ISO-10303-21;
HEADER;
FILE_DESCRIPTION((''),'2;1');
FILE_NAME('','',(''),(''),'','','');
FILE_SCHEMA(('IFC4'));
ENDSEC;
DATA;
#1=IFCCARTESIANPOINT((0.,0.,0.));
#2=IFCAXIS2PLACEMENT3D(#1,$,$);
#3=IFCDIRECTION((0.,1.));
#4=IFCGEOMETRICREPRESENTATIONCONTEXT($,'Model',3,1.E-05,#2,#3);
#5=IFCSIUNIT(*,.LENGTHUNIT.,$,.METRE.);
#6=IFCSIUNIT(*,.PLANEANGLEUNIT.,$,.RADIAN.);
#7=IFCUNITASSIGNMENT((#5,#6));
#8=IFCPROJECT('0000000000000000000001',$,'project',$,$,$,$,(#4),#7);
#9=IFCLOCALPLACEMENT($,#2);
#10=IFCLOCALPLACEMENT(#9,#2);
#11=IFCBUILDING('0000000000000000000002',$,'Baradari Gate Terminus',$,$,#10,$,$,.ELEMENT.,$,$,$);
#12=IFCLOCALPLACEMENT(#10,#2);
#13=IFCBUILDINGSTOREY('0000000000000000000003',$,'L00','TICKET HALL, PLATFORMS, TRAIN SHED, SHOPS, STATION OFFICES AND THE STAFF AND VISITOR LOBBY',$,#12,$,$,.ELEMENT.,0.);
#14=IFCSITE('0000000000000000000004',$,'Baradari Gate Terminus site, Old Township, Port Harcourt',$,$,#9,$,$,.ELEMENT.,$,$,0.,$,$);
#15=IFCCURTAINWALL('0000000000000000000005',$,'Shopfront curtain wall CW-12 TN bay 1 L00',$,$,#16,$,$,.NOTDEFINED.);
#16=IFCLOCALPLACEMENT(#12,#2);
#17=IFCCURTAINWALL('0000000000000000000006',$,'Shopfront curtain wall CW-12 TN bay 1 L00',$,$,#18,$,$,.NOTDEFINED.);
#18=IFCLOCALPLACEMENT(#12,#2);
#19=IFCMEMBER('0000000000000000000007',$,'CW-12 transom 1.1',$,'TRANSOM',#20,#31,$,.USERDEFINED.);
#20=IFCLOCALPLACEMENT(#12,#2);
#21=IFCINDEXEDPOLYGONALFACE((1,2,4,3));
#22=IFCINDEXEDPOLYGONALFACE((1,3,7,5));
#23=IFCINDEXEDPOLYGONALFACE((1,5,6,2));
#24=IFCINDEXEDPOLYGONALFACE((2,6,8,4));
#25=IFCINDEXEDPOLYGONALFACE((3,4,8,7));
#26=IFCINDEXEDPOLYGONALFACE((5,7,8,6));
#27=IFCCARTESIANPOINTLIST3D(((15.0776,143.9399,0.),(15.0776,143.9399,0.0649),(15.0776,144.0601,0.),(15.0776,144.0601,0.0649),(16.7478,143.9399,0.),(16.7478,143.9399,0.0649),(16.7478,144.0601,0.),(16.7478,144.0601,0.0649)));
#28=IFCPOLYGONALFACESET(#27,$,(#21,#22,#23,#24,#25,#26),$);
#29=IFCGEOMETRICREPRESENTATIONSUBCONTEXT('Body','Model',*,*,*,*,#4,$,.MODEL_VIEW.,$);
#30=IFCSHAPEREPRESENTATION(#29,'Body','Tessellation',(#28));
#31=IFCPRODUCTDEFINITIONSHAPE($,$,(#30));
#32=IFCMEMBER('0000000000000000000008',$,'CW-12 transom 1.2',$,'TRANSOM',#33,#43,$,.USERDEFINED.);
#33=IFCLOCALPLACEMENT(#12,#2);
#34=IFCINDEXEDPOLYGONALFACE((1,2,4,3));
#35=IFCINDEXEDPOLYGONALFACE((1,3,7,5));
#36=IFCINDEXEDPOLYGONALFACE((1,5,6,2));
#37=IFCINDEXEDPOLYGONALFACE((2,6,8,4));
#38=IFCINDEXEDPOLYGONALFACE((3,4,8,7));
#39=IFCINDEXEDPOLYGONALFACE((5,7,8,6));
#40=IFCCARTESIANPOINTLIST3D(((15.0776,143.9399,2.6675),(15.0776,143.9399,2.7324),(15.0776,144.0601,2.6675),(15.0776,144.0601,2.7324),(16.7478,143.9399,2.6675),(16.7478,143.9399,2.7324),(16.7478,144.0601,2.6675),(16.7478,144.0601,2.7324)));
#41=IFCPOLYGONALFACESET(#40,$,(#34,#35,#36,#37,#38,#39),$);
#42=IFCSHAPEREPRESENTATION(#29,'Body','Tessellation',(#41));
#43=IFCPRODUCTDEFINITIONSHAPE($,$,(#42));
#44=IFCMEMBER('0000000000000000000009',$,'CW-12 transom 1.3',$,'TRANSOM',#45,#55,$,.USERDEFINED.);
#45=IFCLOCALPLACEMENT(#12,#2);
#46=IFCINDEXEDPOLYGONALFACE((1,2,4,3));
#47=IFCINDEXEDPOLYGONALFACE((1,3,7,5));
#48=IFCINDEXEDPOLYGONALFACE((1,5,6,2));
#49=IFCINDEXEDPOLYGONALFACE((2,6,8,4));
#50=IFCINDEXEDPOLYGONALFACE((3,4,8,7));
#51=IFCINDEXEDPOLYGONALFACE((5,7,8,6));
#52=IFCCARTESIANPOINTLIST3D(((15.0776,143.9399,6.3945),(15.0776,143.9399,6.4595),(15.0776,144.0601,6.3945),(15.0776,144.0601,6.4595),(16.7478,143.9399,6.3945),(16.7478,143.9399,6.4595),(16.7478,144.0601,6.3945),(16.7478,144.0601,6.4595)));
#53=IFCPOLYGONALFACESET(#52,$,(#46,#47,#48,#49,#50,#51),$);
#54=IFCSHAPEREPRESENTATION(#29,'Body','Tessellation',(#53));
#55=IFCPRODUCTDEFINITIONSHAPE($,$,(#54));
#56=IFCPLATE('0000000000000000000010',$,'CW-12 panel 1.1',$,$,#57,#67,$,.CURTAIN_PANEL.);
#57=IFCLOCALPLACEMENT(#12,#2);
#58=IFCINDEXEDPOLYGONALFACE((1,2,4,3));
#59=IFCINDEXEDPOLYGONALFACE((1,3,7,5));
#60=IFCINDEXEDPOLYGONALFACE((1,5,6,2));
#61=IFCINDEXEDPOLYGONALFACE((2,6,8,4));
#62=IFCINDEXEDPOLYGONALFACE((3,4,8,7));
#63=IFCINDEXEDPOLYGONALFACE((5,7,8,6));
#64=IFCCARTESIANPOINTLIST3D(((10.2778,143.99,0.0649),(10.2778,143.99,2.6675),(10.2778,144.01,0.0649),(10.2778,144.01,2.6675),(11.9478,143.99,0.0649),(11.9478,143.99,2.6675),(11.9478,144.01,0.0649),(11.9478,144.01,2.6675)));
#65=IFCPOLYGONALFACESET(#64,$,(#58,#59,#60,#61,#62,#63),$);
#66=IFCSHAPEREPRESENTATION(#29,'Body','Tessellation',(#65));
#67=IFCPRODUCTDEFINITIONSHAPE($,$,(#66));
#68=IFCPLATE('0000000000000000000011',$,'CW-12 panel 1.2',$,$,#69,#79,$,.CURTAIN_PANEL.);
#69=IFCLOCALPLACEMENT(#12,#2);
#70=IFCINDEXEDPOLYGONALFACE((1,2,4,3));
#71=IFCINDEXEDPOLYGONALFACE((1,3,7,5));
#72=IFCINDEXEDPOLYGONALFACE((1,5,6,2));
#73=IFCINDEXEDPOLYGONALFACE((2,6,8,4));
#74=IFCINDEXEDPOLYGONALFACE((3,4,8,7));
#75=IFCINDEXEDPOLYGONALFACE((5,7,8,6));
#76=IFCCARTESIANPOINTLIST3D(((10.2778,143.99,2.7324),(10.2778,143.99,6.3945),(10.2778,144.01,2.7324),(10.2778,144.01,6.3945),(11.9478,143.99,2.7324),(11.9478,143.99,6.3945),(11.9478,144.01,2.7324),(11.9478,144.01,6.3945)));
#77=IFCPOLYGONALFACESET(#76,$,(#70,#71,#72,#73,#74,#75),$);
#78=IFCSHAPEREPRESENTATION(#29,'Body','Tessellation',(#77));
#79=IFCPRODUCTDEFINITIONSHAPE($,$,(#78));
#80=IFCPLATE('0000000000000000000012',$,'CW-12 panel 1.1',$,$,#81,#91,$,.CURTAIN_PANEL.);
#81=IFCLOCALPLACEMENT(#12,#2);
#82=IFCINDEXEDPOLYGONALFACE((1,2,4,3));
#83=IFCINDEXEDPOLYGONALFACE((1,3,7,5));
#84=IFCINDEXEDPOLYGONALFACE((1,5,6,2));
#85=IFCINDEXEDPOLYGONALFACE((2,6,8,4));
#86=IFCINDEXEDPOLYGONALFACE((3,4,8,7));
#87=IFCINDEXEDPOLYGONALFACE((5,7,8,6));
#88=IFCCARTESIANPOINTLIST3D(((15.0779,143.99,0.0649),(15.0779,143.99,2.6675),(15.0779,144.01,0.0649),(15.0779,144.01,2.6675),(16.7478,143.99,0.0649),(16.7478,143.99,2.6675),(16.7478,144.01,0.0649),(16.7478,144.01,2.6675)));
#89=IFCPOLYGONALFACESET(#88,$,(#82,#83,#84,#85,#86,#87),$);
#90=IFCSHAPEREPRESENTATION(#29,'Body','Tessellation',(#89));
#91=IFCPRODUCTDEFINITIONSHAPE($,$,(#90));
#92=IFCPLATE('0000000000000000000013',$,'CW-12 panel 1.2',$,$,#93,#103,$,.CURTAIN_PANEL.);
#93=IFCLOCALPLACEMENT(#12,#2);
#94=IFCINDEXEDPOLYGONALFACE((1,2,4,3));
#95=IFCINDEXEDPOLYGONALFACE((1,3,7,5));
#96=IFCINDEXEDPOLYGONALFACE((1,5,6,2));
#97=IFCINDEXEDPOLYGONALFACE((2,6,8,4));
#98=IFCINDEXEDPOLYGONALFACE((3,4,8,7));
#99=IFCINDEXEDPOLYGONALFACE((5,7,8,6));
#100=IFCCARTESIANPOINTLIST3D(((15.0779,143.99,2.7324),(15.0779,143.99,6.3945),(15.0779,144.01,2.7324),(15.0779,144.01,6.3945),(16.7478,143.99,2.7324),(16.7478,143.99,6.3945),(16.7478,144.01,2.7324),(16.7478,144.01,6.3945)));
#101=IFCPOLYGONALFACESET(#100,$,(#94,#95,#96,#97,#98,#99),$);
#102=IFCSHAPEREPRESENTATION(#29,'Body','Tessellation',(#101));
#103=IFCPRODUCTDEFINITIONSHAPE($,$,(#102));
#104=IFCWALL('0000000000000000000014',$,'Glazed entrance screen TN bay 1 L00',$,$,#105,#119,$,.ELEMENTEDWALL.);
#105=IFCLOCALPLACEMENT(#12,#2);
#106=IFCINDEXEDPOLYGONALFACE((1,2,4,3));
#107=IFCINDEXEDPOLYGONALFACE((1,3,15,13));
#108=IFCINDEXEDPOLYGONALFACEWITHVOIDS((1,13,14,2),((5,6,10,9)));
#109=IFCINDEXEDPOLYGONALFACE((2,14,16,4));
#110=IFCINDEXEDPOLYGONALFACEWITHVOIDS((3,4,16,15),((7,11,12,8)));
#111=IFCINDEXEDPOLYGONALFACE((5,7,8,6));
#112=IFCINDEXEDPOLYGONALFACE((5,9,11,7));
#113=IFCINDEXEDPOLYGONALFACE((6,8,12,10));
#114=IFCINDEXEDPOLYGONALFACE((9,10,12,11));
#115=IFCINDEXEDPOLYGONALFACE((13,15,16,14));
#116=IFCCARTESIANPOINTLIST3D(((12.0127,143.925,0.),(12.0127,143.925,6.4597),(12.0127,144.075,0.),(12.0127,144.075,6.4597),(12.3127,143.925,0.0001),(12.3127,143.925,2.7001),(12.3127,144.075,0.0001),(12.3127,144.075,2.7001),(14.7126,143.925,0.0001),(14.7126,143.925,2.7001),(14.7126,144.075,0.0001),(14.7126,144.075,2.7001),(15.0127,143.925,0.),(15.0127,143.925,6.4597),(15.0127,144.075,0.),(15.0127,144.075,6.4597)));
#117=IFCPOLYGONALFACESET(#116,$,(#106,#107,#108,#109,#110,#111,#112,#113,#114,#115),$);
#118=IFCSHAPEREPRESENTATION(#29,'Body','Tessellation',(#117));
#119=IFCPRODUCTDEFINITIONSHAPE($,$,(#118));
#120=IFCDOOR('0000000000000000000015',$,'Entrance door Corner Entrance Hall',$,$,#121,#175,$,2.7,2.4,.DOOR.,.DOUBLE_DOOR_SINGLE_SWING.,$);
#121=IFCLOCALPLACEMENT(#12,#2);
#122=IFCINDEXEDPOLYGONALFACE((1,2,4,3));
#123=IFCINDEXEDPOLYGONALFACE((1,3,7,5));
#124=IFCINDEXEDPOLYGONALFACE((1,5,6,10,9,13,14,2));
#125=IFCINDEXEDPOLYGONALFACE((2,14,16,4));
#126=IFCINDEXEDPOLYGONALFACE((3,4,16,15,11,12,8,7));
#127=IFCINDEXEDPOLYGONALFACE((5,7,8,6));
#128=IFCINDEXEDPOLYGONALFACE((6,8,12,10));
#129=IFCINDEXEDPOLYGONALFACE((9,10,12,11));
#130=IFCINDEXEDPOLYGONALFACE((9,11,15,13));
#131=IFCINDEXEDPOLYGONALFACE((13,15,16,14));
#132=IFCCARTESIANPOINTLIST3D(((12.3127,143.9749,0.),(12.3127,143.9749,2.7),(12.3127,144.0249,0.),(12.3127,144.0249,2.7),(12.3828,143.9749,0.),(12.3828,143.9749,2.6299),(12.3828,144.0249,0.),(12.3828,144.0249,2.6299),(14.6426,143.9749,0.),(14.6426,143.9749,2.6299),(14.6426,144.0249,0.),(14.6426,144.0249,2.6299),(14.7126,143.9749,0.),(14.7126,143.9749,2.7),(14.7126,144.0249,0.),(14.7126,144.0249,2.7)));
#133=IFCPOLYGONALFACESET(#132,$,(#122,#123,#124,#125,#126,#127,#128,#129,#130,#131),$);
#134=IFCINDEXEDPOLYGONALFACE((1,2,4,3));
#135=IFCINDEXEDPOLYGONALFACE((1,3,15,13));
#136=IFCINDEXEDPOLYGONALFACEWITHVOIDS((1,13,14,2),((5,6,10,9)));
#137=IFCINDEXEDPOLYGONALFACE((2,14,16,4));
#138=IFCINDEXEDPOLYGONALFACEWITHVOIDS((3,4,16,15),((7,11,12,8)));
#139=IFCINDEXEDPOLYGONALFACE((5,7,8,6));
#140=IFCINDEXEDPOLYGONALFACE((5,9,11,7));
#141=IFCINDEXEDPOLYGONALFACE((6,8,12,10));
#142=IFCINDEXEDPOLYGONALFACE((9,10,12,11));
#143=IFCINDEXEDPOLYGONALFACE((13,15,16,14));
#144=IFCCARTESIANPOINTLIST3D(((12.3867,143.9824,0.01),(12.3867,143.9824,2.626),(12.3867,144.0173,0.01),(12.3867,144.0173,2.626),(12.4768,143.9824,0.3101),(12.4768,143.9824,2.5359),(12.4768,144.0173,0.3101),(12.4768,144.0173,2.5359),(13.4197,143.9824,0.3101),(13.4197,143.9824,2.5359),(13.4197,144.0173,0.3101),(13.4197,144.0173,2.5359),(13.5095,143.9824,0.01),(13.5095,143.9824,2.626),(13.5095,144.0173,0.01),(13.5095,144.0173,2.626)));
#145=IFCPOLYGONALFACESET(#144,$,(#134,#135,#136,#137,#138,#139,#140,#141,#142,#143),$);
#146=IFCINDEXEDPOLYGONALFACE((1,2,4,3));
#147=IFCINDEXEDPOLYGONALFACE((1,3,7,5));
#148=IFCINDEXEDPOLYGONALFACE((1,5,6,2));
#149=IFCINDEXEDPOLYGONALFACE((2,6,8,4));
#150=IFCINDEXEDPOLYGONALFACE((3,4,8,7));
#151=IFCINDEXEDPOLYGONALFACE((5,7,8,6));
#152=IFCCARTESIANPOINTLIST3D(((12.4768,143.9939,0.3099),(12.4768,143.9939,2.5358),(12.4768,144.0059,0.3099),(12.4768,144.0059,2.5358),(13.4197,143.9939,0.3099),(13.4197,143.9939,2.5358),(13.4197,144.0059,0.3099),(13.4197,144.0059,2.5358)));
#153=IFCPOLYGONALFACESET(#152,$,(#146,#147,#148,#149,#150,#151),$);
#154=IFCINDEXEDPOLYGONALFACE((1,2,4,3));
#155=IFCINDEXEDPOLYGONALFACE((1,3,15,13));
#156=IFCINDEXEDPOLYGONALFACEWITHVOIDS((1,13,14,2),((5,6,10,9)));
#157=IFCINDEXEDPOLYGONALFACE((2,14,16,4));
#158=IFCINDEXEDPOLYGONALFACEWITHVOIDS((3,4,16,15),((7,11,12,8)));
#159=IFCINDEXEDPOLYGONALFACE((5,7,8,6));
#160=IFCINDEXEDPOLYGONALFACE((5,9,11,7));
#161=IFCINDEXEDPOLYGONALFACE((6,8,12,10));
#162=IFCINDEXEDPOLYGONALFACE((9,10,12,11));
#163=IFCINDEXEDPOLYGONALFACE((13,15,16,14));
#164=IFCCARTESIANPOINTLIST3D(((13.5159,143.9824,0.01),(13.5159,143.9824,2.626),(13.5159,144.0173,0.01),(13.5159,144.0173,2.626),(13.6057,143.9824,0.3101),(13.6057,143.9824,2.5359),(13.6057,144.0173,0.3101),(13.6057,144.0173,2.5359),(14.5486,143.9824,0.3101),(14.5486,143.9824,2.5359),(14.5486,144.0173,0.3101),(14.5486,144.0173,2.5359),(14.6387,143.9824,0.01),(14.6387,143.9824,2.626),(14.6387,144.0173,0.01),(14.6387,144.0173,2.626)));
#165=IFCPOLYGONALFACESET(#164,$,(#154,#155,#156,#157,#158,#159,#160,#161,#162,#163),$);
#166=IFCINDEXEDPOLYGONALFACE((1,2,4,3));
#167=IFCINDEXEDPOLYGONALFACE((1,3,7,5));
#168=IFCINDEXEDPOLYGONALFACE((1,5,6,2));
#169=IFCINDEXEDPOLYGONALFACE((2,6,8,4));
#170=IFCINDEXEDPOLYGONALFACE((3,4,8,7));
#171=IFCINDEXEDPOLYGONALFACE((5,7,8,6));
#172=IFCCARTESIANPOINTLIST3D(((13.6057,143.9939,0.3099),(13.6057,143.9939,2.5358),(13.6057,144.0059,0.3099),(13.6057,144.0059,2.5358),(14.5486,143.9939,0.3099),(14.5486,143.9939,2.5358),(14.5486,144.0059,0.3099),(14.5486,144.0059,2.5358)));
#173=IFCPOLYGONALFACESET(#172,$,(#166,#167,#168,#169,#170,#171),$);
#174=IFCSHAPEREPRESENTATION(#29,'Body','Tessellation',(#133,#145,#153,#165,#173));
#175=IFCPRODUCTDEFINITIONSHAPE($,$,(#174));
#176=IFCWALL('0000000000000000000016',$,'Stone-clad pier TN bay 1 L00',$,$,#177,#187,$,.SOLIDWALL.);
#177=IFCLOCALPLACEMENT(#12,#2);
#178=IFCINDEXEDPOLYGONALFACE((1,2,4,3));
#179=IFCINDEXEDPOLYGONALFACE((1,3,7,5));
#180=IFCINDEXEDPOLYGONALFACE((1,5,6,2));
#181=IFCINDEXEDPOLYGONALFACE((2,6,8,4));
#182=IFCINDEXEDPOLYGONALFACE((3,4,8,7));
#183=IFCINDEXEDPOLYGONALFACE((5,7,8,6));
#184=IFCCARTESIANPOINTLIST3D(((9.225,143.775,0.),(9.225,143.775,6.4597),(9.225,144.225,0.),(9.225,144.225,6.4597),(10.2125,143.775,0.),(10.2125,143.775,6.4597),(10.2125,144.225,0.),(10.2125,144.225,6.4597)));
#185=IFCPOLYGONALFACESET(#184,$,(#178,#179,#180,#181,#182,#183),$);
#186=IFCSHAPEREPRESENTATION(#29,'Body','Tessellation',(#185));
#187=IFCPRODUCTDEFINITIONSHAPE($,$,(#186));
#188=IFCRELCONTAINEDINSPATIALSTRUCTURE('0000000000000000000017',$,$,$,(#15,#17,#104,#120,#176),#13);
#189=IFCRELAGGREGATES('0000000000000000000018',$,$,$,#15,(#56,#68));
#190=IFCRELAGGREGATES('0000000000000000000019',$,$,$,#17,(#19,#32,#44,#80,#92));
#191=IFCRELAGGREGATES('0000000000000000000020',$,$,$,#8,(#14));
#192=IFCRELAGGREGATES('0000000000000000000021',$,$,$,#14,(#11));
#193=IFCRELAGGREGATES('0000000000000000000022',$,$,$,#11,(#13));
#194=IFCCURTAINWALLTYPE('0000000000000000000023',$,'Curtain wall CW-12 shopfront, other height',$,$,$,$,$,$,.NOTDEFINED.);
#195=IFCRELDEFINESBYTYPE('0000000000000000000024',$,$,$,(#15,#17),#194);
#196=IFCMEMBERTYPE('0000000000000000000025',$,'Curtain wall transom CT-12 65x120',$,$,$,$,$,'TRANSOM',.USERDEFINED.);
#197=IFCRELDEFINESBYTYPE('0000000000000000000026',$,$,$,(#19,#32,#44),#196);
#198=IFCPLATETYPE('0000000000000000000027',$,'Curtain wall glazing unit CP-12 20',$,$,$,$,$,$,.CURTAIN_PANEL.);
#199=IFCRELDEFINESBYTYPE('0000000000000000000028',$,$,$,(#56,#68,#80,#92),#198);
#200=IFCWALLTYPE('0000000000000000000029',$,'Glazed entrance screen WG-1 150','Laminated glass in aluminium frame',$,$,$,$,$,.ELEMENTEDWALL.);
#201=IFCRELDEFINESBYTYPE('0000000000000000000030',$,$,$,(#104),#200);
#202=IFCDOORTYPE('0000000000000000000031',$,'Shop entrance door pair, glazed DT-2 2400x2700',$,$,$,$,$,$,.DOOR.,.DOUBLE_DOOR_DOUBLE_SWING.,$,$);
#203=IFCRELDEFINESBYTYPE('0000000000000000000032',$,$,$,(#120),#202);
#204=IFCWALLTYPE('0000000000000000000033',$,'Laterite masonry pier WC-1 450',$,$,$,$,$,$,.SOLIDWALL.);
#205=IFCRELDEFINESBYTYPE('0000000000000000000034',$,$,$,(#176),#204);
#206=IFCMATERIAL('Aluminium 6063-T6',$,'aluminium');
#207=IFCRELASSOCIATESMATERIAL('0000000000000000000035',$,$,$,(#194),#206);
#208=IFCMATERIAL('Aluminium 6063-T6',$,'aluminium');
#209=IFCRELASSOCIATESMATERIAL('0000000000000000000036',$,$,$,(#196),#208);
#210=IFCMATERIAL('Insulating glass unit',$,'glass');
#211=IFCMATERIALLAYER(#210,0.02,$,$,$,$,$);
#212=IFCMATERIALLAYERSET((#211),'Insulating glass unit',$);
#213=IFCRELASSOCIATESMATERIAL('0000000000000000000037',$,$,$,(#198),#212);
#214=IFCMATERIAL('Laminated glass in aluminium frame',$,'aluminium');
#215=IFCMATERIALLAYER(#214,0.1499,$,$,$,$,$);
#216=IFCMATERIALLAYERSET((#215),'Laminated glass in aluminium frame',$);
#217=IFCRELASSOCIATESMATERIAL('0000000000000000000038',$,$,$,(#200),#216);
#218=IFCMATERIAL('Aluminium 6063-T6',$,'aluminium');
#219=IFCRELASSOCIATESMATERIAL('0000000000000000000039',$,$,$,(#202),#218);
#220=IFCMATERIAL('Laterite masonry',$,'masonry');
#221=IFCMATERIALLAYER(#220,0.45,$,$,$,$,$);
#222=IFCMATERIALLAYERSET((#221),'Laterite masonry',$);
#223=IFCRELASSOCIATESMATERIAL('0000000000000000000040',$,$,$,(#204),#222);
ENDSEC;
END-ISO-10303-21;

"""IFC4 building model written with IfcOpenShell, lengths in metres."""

from ifc_helpers import new_model, si_unit, direction, frame, frame_2d, origin, origin_2d, place, context, subcontext, project, spatial, polyline, rectangle, outline, extrude, material, layer, layer_set, material_profile, profile_set, type_object, element, fill, aggregate, save


model = new_model("IFC4")

# Units and contexts
model_context = context("Model", 3, precision=1e-05, world=origin(), true_north=direction((0.0, 1.0)))
body_context = subcontext(model_context, "Body", "Model", "MODEL_VIEW")
ifc_project = project(units=[si_unit("LENGTHUNIT", "METRE"), si_unit("PLANEANGLEUNIT", "RADIAN")], contexts=[model_context])

# Site, building, storey
site_placement = place(None, origin())
site = spatial("IfcSite", under=ifc_project, at=site_placement, Name="Baradari Gate Terminus site, Old Township, Port Harcourt", CompositionType="ELEMENT", RefElevation=0.0)
building_placement = place(site_placement, origin())
building = spatial("IfcBuilding", under=site, at=building_placement, Name="Baradari Gate Terminus", CompositionType="ELEMENT")
storey_placement = place(building_placement, origin())
storey = spatial("IfcBuildingStorey", under=building, at=storey_placement, Name="L00", Description="TICKET HALL, PLATFORMS, TRAIN SHED, SHOPS, STATION OFFICES AND THE STAFF AND VISITOR LOBBY", CompositionType="ELEMENT", Elevation=0.0)

# Curtain walls
ifc_material_1 = material(Name="Aluminium 6063-T6", Category="aluminium")
curtain_wall_type = type_object("IfcCurtainWallType", Name="Curtain wall CW-12 shopfront, other height", PredefinedType="NOTDEFINED", material=ifc_material_1)
curtain_wall_1_placement = place(storey_placement, origin())
curtain_wall_1 = element("IfcCurtainWall", 1, at=curtain_wall_1_placement, inside=storey, type_object=curtain_wall_type, Name="Shopfront curtain wall CW-12 TN bay 1 L00", PredefinedType="NOTDEFINED")
curtain_wall_2_placement = place(storey_placement, origin())
curtain_wall_2 = element("IfcCurtainWall", 2, at=curtain_wall_2_placement, inside=storey, type_object=curtain_wall_type, Name="Shopfront curtain wall CW-12 TN bay 1 L00", PredefinedType="NOTDEFINED")

# Members
ifc_material_2 = material(Name="Aluminium 6063-T6", Category="aluminium")
ifc_material_profile_1 = material_profile(ifc_material_2, rectangle(XDim=0.1201, YDim=0.0649, at=origin_2d()), Name="CT-12 65X120")
ifc_profile_set_1 = profile_set([ifc_material_profile_1], Name="Aluminium 6063-T6")
member_type_1 = type_object("IfcMemberType", Name="Curtain wall transom CT-12 65x120", ElementType="TRANSOM", PredefinedType="USERDEFINED", material=ifc_profile_set_1)
member_1_placement = place(storey_placement, frame((15.0776, 144.0, 0.0325), z_axis=(1.0, 0.0, 0.0), x_axis=(0.0, 1.0, 0.0)))
member_1 = element("IfcMember", 3, at=member_1_placement, type_object=member_type_1, Name="CW-12 transom 1.1", ObjectType="TRANSOM", PredefinedType="USERDEFINED", context=body_context, shape_type="SweptSolid", body=[
    extrude(rectangle(XDim=0.1201, YDim=0.0649, at=origin_2d()), origin(), (0.0, 0.0, 1.0), 1.6702),
])
member_2_placement = place(storey_placement, frame((15.0776, 144.0, 2.7), z_axis=(1.0, 0.0, 0.0), x_axis=(0.0, 1.0, 0.0)))
member_2 = element("IfcMember", 4, at=member_2_placement, type_object=member_type_1, Name="CW-12 transom 1.2", ObjectType="TRANSOM", PredefinedType="USERDEFINED", context=body_context, shape_type="SweptSolid", body=[
    extrude(rectangle(XDim=0.1201, YDim=0.0649, at=origin_2d()), origin(), (0.0, 0.0, 1.0), 1.6702),
])
member_3_placement = place(storey_placement, frame((15.0776, 144.0, 6.427), z_axis=(1.0, 0.0, 0.0), x_axis=(0.0, 1.0, 0.0)))
member_3 = element("IfcMember", 5, at=member_3_placement, type_object=member_type_1, Name="CW-12 transom 1.3", ObjectType="TRANSOM", PredefinedType="USERDEFINED", context=body_context, shape_type="SweptSolid", body=[
    extrude(rectangle(XDim=0.1201, YDim=0.0649, at=origin_2d()), origin(), (0.0, 0.0, 1.0), 1.6702),
])

# Plates
ifc_material_3 = material(Name="Insulating glass unit", Category="glass")
ifc_layer_1 = layer(ifc_material_3, 0.02)
ifc_layer_set_1 = layer_set([ifc_layer_1], Name="Insulating glass unit")
plate_type = type_object("IfcPlateType", Name="Curtain wall glazing unit CP-12 20", PredefinedType="CURTAIN_PANEL", material=ifc_layer_set_1)
plate_1_placement = place(storey_placement, frame((11.1128, 144.0, 0.0649), z_axis=(0.0, 0.0, 1.0), x_axis=(1.0, 0.0, 0.0)))
plate_1 = element("IfcPlate", 6, at=plate_1_placement, type_object=plate_type, Name="CW-12 panel 1.1", PredefinedType="CURTAIN_PANEL", context=body_context, shape_type="SweptSolid", body=[
    extrude(rectangle(XDim=1.6699, YDim=0.02, at=origin_2d()), origin(), (0.0, 0.0, 1.0), 2.6025),
])
plate_2_placement = place(storey_placement, frame((11.1128, 144.0, 2.7324), z_axis=(0.0, 0.0, 1.0), x_axis=(1.0, 0.0, 0.0)))
plate_2 = element("IfcPlate", 7, at=plate_2_placement, type_object=plate_type, Name="CW-12 panel 1.2", PredefinedType="CURTAIN_PANEL", context=body_context, shape_type="SweptSolid", body=[
    extrude(rectangle(XDim=1.6699, YDim=0.02, at=origin_2d()), origin(), (0.0, 0.0, 1.0), 3.6621),
])
aggregate(curtain_wall_1, [plate_1, plate_2])
plate_3_placement = place(storey_placement, frame((15.9128, 144.0, 0.0649), z_axis=(0.0, 0.0, 1.0), x_axis=(1.0, 0.0, 0.0)))
plate_3 = element("IfcPlate", 8, at=plate_3_placement, type_object=plate_type, Name="CW-12 panel 1.1", PredefinedType="CURTAIN_PANEL", context=body_context, shape_type="SweptSolid", body=[
    extrude(rectangle(XDim=1.6699, YDim=0.02, at=origin_2d()), origin(), (0.0, 0.0, 1.0), 2.6025),
])
plate_4_placement = place(storey_placement, frame((15.9128, 144.0, 2.7324), z_axis=(0.0, 0.0, 1.0), x_axis=(1.0, 0.0, 0.0)))
plate_4 = element("IfcPlate", 9, at=plate_4_placement, type_object=plate_type, Name="CW-12 panel 1.2", PredefinedType="CURTAIN_PANEL", context=body_context, shape_type="SweptSolid", body=[
    extrude(rectangle(XDim=1.6699, YDim=0.02, at=origin_2d()), origin(), (0.0, 0.0, 1.0), 3.6621),
])
aggregate(curtain_wall_2, [member_1, member_2, member_3, plate_3, plate_4])

# Wall, opening, door
ifc_material_4 = material(Name="Laminated glass in aluminium frame", Category="aluminium")
ifc_layer_2 = layer(ifc_material_4, 0.1499)
ifc_layer_set_2 = layer_set([ifc_layer_2], Name="Laminated glass in aluminium frame")
wall_type_1 = type_object("IfcWallType", Name="Glazed entrance screen WG-1 150", Description="Laminated glass in aluminium frame", PredefinedType="ELEMENTEDWALL", material=ifc_layer_set_2)
wall_1_placement = place(storey_placement, frame((12.0127, 144.0, 0.0), z_axis=(0.0, 0.0, 1.0), x_axis=(1.0, 0.0, 0.0)))
wall_1 = element("IfcWall", 10, at=wall_1_placement, inside=storey, type_object=wall_type_1, Name="Glazed entrance screen TN bay 1 L00", PredefinedType="ELEMENTEDWALL", context=body_context, shape_type="SweptSolid", body=[
    extrude(rectangle(XDim=3.0, YDim=0.1499, at=frame_2d((1.5, 0.0))), origin(), (0.0, 0.0, 1.0), 6.4597),
])
opening_placement = place(wall_1_placement, frame((0.3, 0.0, 0.0)))
opening = element("IfcOpeningElement", 11, at=opening_placement, cuts=wall_1, PredefinedType="OPENING", context=body_context, shape_type="SweptSolid", body=[
    extrude(rectangle(XDim=2.3999, YDim=2.7, at=frame_2d((1.2, 1.3501))), frame((0.0, 0.085, 0.0), z_axis=(0.0, -1.0, 0.0), x_axis=(1.0, 0.0, 0.0)), (0.0, 0.0, 1.0), 0.1699),
])
ifc_material_5 = material(Name="Aluminium 6063-T6", Category="aluminium")
door_type = type_object("IfcDoorType", Name="Shop entrance door pair, glazed DT-2 2400x2700", OperationType="DOUBLE_DOOR_DOUBLE_SWING", PredefinedType="DOOR", material=ifc_material_5)
door_placement = place(opening_placement, origin())
door = element("IfcDoor", 12, at=door_placement, inside=storey, type_object=door_type, Name="Entrance door Corner Entrance Hall", OperationType="DOUBLE_DOOR_SINGLE_SWING", OverallHeight=2.7, OverallWidth=2.4, PredefinedType="DOOR", context=body_context, shape_type="SweptSolid", body=[
    extrude(outline(polyline([(0.0, 0.0), (0.0701, 0.0), (0.0701, 2.6299), (2.3298, 2.6299), (2.3298, 0.0), (2.3999, 0.0), (2.3999, 2.7), (0.0, 2.7), (0.0, 0.0)])), frame((0.0, 0.0249, 0.0), z_axis=(0.0, -1.0, 0.0), x_axis=(1.0, 0.0, 0.0)), (0.0, 0.0, 1.0), 0.05),
    extrude(outline(polyline([(0.074, 0.01), (1.1968, 0.01), (1.1968, 2.626), (0.074, 2.626), (0.074, 0.01)]), holes=[polyline([(0.1641, 0.3101), (1.1069, 0.3101), (1.1069, 2.5359), (0.1641, 2.5359), (0.1641, 0.3101)])]), frame((0.0, 0.0173, 0.0), z_axis=(0.0, -1.0, 0.0), x_axis=(1.0, 0.0, 0.0)), (0.0, 0.0, 1.0), 0.0349),
    extrude(rectangle(XDim=0.9429, YDim=2.2258, at=frame_2d((0.6355, 1.4229))), frame((0.0, 0.0059, 0.0), z_axis=(0.0, -1.0, 0.0), x_axis=(1.0, 0.0, 0.0)), (0.0, 0.0, 1.0), 0.012),
    extrude(outline(polyline([(1.2031, 0.01), (2.3259, 0.01), (2.3259, 2.626), (1.2031, 2.626), (1.2031, 0.01)]), holes=[polyline([(1.293, 0.3101), (2.2358, 0.3101), (2.2358, 2.5359), (1.293, 2.5359), (1.293, 0.3101)])]), frame((0.0, 0.0173, 0.0), z_axis=(0.0, -1.0, 0.0), x_axis=(1.0, 0.0, 0.0)), (0.0, 0.0, 1.0), 0.0349),
    extrude(rectangle(XDim=0.9429, YDim=2.2258, at=frame_2d((1.7644, 1.4229))), frame((0.0, 0.0059, 0.0), z_axis=(0.0, -1.0, 0.0), x_axis=(1.0, 0.0, 0.0)), (0.0, 0.0, 1.0), 0.012),
])
fill(opening, door)

# Wall
ifc_material_6 = material(Name="Laterite masonry", Category="masonry")
ifc_layer_3 = layer(ifc_material_6, 0.45)
ifc_layer_set_3 = layer_set([ifc_layer_3], Name="Laterite masonry")
wall_type_2 = type_object("IfcWallType", Name="Laterite masonry pier WC-1 450", PredefinedType="SOLIDWALL", material=ifc_layer_set_3)
wall_2_placement = place(storey_placement, frame((9.2251, 144.0, 0.0), z_axis=(0.0, 0.0, 1.0), x_axis=(1.0, 0.0, 0.0)))
element("IfcWall", 13, at=wall_2_placement, inside=storey, type_object=wall_type_2, Name="Stone-clad pier TN bay 1 L00", PredefinedType="SOLIDWALL", context=body_context, shape_type="SweptSolid", body=[
    extrude(rectangle(XDim=0.9875, YDim=0.45, at=frame_2d((0.4937, 0.0))), origin(), (0.0, 0.0, 1.0), 6.4597),
])

save(model, "model.ifc")
